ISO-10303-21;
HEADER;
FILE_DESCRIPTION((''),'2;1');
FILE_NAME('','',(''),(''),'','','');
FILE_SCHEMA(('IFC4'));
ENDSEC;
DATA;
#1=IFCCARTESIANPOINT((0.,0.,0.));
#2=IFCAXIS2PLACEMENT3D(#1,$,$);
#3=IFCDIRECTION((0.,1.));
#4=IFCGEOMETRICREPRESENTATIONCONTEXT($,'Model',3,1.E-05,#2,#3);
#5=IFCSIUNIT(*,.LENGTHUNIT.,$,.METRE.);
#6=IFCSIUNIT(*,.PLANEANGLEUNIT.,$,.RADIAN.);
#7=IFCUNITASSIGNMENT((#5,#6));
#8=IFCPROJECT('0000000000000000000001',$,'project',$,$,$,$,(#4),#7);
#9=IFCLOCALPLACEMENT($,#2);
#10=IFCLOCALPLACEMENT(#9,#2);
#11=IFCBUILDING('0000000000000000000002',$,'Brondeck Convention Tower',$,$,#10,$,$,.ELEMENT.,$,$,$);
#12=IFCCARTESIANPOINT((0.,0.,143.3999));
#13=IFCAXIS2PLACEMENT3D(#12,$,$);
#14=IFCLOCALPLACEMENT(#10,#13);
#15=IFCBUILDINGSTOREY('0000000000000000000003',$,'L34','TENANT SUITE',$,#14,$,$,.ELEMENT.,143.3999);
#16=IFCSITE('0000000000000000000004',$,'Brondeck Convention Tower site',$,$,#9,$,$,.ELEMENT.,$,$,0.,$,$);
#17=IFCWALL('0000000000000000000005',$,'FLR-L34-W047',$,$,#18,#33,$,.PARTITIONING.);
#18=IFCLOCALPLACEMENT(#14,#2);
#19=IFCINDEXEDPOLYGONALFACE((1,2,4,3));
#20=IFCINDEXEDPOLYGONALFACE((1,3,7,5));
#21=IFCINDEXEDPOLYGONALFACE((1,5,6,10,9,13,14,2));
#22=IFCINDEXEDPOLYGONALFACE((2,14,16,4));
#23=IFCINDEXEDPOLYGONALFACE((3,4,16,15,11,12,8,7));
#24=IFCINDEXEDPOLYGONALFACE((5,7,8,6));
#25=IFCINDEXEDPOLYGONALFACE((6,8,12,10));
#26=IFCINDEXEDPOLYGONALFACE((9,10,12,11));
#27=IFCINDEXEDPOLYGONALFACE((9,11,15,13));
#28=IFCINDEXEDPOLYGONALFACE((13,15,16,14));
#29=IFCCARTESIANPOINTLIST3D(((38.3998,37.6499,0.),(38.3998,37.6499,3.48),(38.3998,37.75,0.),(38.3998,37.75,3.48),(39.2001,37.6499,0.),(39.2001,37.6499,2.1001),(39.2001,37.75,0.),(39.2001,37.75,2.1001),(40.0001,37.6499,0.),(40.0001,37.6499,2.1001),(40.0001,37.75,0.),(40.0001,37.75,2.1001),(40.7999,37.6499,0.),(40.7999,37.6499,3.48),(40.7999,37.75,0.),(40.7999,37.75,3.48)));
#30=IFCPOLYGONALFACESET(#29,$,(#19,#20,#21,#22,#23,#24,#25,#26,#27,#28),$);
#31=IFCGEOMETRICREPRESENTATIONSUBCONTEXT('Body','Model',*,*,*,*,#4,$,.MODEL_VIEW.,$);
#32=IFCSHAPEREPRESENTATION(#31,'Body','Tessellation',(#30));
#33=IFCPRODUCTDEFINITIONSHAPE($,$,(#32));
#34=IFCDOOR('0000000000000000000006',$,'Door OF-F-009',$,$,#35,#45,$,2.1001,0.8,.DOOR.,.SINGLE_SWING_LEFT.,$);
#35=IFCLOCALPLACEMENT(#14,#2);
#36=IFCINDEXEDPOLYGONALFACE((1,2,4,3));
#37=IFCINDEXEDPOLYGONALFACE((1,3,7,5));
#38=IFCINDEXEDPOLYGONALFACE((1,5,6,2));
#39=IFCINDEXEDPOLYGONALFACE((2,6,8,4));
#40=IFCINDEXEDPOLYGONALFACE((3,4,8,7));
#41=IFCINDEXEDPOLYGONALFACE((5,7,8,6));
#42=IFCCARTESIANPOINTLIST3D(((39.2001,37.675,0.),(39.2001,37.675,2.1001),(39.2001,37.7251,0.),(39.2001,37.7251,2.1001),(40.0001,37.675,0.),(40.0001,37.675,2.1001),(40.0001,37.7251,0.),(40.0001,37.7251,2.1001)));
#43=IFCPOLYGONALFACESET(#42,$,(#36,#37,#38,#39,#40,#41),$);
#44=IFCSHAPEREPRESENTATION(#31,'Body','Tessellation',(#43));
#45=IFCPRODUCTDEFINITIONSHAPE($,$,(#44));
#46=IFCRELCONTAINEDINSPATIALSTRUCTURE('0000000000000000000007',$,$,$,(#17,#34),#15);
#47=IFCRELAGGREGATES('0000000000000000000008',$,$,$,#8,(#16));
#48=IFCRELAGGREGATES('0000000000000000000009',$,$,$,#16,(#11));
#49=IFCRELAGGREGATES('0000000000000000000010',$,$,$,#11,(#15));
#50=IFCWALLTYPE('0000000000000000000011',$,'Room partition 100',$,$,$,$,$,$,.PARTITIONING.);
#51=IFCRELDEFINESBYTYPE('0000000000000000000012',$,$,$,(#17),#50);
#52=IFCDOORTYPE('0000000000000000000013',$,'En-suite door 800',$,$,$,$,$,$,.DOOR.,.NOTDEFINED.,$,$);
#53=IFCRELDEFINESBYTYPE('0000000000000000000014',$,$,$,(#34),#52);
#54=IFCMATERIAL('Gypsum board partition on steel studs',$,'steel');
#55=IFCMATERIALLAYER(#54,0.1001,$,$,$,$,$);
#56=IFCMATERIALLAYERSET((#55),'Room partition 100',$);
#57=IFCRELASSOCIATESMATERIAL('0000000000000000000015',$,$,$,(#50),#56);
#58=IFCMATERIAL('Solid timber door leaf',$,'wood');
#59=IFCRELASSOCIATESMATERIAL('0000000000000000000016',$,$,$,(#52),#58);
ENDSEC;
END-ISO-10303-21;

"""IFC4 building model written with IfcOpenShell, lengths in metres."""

from ifc_helpers import new_model, si_unit, direction, frame, frame_2d, origin, place, context, subcontext, project, spatial, rectangle, extrude, material, layer, layer_set, type_object, element, fill, save


model = new_model("IFC4")

# Units and contexts
model_context = context("Model", 3, precision=1e-05, world=origin(), true_north=direction((0.0, 1.0)))
body_context = subcontext(model_context, "Body", "Model", "MODEL_VIEW")
ifc_project = project(units=[si_unit("LENGTHUNIT", "METRE"), si_unit("PLANEANGLEUNIT", "RADIAN")], contexts=[model_context])

# Site, building, storey
site_placement = place(None, origin())
site = spatial("IfcSite", under=ifc_project, at=site_placement, Name="Brondeck Convention Tower site", CompositionType="ELEMENT", RefElevation=0.0)
building_placement = place(site_placement, origin())
building = spatial("IfcBuilding", under=site, at=building_placement, Name="Brondeck Convention Tower", CompositionType="ELEMENT")
storey_placement = place(building_placement, frame((0.0, 0.0, 143.3999)))
storey = spatial("IfcBuildingStorey", under=building, at=storey_placement, Name="L34", Description="TENANT SUITE", CompositionType="ELEMENT", Elevation=143.3999)

# Shared definitions
ifc_material_1 = material(Name="Gypsum board partition on steel studs", Category="steel")
ifc_layer_1 = layer(ifc_material_1, 0.1001)
ifc_layer_set_1 = layer_set([ifc_layer_1], Name="Room partition 100")
wall_type_1 = type_object("IfcWallType", Name="Room partition 100", PredefinedType="PARTITIONING", material=ifc_layer_set_1)

# Wall, opening, door
ifc_material_2 = material(Name="Solid timber door leaf", Category="wood")
door_type = type_object("IfcDoorType", Name="En-suite door 800", OperationType="NOTDEFINED", PredefinedType="DOOR", material=ifc_material_2)
wall_1_placement = place(storey_placement, frame((40.8, 37.7, 0.0), z_axis=(0.0, 0.0, 1.0), x_axis=(-1.0, 0.0, 0.0)))
wall_1 = element("IfcWall", 1, at=wall_1_placement, inside=storey, type_object=wall_type_1, Name="FLR-L34-W047", PredefinedType="PARTITIONING", context=body_context, shape_type="SweptSolid", body=[
    extrude(rectangle(XDim=2.4001, YDim=0.1001, at=frame_2d((1.2002, 0.0))), origin(), (0.0, 0.0, 1.0), 3.48),
])
opening_1_placement = place(wall_1_placement, frame((0.8, 0.0, 0.0)))
opening_1 = element("IfcOpeningElement", 2, at=opening_1_placement, cuts=wall_1, PredefinedType="OPENING", context=body_context, shape_type="SweptSolid", body=[
    extrude(rectangle(XDim=0.8, YDim=2.1001, at=frame_2d((0.3999, 1.05))), frame((0.0, 0.0601, 0.0), z_axis=(0.0, -1.0, 0.0), x_axis=(1.0, 0.0, 0.0)), (0.0, 0.0, 1.0), 0.1201),
])
door_1_placement = place(opening_1_placement, origin())
door_1 = element("IfcDoor", 3, at=door_1_placement, inside=storey, type_object=door_type, Name="Door OF-F-009", OperationType="SINGLE_SWING_LEFT", OverallHeight=2.1001, OverallWidth=0.8, PredefinedType="DOOR", context=body_context, shape_type="SweptSolid", body=[
    extrude(rectangle(XDim=0.8, YDim=2.1001, at=frame_2d((0.3999, 1.05))), frame((0.0, 0.0249, 0.0), z_axis=(0.0, -1.0, 0.0), x_axis=(1.0, 0.0, 0.0)), (0.0, 0.0, 1.0), 0.05),
])
fill(opening_1, door_1)

save(model, "model.ifc")
